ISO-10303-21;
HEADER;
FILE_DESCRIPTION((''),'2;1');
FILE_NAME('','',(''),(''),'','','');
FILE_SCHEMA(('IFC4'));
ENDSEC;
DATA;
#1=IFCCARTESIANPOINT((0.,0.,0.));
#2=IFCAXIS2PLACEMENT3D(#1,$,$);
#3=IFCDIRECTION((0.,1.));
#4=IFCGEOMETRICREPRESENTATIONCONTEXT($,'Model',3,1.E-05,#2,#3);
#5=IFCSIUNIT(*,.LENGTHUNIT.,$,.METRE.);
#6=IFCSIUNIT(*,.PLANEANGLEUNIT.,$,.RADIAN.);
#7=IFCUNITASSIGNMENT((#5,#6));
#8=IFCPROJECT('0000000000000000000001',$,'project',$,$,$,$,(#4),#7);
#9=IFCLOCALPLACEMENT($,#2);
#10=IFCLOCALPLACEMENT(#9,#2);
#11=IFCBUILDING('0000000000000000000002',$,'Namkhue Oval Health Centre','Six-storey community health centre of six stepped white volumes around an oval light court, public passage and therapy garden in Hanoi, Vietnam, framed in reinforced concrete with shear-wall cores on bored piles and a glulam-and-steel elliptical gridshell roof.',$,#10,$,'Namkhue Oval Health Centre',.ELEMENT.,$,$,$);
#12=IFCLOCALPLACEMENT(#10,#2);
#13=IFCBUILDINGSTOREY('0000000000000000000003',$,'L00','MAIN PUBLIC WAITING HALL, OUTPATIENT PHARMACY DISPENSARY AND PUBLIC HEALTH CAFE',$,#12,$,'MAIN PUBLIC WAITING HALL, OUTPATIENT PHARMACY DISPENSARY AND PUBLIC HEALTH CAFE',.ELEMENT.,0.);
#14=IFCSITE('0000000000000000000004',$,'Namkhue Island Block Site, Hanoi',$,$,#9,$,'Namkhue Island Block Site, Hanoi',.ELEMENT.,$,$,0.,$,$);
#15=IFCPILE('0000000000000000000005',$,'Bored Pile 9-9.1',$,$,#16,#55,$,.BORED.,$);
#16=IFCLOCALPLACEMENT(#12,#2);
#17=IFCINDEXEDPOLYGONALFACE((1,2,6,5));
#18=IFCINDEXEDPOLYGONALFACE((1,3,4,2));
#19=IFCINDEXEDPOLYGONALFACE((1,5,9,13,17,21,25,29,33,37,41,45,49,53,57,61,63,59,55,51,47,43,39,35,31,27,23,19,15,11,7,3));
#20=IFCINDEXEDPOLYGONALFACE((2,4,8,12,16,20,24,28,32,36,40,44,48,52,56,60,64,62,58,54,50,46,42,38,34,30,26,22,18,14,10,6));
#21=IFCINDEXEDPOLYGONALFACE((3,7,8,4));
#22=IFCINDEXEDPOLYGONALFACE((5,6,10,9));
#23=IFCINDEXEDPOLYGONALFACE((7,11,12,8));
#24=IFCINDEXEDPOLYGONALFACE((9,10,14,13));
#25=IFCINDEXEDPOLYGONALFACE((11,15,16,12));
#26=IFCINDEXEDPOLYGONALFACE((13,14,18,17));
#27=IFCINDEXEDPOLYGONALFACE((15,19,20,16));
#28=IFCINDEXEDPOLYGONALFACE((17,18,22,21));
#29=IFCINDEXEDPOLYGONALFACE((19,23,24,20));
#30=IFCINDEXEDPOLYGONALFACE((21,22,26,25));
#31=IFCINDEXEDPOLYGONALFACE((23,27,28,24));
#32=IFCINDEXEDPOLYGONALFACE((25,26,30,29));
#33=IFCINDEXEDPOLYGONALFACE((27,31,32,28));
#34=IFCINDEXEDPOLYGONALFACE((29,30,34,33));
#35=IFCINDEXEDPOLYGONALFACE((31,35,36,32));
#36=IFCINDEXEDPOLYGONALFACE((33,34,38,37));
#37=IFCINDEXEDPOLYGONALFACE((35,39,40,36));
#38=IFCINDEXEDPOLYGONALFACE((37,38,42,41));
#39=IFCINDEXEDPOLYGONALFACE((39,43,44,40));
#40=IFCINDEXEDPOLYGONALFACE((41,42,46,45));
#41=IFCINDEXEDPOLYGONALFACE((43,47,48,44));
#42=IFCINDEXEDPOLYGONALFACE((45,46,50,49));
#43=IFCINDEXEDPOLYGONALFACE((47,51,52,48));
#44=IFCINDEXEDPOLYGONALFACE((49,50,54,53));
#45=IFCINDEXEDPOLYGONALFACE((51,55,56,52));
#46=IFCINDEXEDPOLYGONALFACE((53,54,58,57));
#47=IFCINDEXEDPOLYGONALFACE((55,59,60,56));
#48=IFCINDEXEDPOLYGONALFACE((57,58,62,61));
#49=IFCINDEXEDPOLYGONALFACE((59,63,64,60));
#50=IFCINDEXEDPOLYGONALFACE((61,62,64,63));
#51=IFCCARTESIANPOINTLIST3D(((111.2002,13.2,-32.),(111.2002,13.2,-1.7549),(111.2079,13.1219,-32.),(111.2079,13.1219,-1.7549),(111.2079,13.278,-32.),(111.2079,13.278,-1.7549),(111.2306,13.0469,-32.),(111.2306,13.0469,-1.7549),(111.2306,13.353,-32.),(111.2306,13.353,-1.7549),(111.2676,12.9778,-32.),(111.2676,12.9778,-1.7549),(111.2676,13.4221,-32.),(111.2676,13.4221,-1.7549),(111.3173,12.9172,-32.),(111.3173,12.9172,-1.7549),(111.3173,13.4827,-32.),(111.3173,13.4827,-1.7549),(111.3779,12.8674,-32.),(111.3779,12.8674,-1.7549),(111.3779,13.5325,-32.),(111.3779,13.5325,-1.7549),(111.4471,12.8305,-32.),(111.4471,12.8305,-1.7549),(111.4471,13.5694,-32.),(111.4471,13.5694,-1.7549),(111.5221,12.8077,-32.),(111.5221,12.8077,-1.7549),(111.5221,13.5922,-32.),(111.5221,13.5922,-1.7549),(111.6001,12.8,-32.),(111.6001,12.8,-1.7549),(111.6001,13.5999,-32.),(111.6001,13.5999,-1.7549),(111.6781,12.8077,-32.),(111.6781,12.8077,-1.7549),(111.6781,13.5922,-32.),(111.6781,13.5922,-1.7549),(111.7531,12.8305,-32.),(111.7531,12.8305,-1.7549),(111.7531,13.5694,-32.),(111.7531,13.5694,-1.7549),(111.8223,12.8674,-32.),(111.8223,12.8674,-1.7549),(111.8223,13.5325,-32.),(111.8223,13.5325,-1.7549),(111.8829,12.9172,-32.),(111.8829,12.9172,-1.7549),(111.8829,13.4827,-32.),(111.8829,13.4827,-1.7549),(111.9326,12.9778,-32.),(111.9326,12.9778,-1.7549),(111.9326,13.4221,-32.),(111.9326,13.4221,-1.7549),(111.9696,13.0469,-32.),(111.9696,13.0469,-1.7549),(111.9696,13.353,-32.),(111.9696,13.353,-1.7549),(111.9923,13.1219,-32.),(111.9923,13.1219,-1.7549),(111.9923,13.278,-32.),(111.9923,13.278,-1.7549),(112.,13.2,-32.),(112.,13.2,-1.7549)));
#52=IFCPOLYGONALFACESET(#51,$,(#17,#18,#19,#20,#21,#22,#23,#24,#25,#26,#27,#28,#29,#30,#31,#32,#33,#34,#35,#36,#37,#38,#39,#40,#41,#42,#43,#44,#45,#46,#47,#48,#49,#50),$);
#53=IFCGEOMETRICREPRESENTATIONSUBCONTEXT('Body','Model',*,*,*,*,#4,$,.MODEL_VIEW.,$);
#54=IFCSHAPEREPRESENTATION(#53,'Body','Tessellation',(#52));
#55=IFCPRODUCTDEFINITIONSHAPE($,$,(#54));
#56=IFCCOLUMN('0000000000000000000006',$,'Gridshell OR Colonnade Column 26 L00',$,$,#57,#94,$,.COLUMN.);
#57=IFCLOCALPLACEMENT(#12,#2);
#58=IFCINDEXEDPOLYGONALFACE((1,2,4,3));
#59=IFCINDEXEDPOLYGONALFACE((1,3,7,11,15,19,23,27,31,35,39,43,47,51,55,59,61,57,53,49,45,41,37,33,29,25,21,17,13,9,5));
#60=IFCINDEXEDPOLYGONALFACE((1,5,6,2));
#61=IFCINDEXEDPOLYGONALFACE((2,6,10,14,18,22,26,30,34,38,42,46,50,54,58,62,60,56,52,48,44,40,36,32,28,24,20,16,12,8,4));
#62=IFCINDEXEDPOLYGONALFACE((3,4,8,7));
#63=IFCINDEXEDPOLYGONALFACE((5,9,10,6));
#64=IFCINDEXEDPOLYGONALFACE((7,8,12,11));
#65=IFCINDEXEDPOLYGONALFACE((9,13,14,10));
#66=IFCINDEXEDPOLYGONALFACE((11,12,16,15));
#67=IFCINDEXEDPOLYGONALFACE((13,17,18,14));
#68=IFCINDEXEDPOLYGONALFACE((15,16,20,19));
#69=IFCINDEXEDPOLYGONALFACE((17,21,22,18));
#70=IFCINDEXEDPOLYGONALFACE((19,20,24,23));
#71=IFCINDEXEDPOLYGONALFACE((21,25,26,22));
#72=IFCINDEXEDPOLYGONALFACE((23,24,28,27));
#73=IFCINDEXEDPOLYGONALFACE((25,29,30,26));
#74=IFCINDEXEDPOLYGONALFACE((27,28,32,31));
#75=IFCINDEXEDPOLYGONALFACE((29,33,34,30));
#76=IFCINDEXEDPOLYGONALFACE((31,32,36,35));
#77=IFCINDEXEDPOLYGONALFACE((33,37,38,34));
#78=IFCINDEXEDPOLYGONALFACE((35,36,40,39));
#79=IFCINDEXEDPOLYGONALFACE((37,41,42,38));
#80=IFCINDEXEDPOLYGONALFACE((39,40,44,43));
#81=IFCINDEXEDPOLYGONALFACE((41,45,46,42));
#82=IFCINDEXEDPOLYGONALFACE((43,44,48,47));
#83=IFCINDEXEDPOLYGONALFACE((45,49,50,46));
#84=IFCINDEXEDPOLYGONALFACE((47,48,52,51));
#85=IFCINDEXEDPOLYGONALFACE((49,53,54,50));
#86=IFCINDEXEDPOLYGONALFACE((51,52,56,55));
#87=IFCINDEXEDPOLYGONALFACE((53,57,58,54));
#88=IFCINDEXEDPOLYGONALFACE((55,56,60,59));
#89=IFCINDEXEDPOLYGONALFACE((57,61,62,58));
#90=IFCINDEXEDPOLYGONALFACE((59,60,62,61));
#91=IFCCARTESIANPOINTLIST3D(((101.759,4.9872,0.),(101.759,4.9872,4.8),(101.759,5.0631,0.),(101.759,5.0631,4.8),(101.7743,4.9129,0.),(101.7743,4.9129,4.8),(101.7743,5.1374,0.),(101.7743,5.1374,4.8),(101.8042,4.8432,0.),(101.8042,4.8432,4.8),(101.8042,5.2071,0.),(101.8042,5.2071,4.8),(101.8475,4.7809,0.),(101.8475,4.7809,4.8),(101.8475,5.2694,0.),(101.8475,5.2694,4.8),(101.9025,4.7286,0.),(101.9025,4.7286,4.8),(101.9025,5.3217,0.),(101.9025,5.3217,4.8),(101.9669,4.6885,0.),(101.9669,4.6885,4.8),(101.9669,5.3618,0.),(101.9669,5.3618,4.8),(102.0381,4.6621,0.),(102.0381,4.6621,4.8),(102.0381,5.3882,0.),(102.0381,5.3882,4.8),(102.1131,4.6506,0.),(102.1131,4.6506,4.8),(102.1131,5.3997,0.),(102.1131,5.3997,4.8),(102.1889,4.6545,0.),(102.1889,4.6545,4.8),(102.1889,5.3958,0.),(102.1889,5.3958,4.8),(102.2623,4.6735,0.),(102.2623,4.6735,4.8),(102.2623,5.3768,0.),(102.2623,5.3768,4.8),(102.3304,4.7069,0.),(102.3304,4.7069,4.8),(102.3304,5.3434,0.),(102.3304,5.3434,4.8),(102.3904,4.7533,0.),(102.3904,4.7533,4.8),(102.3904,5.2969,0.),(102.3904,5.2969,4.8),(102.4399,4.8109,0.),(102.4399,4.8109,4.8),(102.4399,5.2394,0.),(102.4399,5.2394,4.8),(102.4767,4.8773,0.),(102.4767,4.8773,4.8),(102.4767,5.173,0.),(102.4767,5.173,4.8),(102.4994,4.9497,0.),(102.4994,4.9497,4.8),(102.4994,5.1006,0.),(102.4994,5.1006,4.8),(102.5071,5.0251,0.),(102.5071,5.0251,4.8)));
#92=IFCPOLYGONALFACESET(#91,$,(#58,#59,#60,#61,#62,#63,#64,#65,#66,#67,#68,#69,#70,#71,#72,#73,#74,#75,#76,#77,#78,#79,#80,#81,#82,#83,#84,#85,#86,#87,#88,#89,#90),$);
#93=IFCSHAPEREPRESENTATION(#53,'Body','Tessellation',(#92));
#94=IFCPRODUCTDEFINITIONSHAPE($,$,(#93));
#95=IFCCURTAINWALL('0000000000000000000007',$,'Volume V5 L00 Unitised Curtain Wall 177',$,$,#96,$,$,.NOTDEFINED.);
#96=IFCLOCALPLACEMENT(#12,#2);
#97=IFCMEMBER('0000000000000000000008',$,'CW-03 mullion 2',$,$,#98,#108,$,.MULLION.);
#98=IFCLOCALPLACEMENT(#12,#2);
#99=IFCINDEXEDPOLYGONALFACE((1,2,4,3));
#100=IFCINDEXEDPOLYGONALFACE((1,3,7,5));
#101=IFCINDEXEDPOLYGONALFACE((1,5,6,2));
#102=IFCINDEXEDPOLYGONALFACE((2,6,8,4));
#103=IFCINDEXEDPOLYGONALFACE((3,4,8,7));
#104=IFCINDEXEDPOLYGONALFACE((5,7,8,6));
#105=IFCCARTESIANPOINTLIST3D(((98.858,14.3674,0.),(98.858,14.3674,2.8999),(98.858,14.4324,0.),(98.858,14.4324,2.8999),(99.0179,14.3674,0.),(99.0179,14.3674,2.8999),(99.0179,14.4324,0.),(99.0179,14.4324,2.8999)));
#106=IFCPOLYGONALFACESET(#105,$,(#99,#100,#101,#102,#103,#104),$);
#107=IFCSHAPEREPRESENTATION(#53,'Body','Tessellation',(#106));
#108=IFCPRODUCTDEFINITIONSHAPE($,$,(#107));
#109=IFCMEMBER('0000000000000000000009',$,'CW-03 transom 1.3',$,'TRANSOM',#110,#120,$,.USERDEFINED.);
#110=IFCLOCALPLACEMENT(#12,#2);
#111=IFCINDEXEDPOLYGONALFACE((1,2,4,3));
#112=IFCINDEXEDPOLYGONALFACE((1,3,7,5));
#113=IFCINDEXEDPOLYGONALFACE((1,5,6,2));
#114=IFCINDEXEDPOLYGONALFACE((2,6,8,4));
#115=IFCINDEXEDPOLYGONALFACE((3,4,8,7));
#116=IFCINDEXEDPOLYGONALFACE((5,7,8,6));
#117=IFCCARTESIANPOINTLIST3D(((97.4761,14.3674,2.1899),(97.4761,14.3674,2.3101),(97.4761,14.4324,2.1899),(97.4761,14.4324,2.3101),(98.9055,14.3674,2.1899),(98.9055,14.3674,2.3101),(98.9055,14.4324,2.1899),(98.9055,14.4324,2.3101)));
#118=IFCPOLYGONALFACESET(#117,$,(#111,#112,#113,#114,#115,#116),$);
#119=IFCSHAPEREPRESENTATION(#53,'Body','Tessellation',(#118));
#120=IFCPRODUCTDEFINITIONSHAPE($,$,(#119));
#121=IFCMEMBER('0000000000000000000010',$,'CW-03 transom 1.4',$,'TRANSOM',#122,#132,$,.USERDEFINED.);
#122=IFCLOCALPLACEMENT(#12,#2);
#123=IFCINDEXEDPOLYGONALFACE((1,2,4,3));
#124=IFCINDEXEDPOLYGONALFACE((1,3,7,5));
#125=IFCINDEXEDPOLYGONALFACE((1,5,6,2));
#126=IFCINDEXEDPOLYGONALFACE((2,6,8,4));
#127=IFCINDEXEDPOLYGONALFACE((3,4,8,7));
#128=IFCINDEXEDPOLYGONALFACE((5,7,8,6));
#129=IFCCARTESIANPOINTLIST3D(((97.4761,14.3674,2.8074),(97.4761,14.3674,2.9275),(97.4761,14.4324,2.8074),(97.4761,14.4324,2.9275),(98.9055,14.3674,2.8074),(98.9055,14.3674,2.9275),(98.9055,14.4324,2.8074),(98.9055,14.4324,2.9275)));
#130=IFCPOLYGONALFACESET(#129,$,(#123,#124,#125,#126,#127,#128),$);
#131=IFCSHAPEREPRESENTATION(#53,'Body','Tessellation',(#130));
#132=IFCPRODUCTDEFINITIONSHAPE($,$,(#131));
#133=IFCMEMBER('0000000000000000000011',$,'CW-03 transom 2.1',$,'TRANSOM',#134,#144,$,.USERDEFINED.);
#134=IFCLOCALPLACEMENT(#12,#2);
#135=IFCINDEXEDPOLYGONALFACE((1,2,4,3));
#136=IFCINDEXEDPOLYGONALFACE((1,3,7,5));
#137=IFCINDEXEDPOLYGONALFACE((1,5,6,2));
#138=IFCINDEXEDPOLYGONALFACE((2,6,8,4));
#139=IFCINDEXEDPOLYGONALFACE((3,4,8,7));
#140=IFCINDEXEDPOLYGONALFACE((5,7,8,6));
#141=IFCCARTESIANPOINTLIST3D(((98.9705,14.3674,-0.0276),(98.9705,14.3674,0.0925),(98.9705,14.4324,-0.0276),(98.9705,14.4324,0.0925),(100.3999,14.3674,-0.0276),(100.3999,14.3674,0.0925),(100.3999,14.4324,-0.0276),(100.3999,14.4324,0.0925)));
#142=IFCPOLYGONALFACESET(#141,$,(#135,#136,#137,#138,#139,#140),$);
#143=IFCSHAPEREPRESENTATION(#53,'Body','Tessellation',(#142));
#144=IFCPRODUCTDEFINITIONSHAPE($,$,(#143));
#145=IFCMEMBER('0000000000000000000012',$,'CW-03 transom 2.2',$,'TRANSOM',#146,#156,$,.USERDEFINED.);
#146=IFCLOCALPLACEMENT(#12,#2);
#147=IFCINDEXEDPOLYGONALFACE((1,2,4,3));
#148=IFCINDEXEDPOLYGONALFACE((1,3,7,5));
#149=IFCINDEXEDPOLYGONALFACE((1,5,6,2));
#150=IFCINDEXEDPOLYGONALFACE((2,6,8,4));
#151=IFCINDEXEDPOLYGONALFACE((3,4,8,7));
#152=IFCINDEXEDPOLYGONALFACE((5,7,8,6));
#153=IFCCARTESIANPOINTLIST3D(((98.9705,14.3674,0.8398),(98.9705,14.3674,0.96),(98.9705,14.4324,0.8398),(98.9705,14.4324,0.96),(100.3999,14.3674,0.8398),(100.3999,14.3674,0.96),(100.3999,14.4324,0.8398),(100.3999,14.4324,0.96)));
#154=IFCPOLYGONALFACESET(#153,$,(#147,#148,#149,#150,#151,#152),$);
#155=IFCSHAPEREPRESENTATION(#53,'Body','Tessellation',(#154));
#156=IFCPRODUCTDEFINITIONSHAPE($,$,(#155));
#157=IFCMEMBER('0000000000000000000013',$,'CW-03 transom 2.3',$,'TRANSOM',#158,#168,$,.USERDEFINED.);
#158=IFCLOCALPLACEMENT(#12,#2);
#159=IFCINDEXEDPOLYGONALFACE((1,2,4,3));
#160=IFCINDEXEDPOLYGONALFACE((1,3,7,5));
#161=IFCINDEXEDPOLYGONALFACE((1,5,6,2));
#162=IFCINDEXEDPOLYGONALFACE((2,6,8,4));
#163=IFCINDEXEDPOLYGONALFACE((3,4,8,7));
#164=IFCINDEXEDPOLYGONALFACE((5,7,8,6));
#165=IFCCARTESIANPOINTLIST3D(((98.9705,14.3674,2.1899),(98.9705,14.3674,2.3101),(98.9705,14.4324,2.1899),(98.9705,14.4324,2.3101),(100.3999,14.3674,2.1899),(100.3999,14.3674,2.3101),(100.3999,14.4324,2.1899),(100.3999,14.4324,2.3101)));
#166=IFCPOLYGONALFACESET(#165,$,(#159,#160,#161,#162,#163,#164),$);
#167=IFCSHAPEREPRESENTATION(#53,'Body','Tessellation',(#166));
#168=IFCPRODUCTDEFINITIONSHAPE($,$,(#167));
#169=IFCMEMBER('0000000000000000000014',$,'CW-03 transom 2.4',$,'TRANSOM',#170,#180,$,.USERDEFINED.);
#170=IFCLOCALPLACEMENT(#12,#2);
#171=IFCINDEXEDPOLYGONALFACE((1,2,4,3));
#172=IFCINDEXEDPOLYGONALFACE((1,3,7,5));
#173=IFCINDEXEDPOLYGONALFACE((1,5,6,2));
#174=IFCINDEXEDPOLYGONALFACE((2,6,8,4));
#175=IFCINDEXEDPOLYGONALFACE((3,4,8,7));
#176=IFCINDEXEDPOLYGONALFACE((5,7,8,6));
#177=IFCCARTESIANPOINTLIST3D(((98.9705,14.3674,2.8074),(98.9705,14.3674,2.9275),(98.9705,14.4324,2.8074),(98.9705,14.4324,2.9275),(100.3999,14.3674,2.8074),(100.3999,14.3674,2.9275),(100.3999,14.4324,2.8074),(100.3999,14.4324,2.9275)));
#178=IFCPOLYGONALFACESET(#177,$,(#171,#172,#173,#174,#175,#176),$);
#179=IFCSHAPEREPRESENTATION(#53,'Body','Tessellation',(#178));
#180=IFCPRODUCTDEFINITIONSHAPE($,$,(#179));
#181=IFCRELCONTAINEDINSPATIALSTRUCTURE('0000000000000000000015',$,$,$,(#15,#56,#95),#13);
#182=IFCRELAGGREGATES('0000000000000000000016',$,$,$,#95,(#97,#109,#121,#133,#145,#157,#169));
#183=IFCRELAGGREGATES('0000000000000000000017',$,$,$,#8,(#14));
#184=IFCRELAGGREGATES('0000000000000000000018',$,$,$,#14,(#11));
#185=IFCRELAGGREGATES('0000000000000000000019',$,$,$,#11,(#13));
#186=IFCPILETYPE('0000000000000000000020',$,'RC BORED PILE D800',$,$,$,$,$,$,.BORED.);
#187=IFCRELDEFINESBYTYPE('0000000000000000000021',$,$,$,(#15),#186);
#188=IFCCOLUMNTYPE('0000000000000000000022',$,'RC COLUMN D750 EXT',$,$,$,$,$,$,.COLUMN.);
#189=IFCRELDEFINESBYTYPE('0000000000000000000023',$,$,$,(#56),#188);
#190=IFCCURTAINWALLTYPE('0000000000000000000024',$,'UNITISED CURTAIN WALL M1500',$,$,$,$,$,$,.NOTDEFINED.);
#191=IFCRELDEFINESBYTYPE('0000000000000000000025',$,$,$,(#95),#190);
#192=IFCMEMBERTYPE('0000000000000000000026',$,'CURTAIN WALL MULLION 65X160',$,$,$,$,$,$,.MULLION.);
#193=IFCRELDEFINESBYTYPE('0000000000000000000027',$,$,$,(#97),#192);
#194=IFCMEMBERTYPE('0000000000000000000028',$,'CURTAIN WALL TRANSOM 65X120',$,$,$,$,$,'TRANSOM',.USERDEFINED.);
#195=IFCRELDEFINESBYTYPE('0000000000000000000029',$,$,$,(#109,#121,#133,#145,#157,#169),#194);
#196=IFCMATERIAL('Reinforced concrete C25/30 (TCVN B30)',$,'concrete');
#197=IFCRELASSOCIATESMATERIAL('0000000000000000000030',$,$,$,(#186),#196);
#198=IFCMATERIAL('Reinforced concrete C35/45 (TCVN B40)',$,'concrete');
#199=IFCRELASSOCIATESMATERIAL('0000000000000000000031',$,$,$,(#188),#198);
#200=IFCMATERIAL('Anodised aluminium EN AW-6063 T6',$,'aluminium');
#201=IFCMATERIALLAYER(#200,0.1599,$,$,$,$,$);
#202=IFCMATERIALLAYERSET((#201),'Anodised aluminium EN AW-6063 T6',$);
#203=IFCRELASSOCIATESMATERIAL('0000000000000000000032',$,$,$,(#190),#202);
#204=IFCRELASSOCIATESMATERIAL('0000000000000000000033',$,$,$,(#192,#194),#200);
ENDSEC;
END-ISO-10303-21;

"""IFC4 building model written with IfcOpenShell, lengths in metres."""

from ifc_helpers import new_model, si_unit, direction, frame, origin, origin_2d, place, context, subcontext, project, spatial, rectangle, circle, extrude, material, layer, layer_set, material_profile, profile_set, type_object, element, aggregate, save


model = new_model("IFC4")

# Units and contexts
model_context = context("Model", 3, precision=1e-05, world=origin(), true_north=direction((0.0, 1.0)))
body_context = subcontext(model_context, "Body", "Model", "MODEL_VIEW")
ifc_project = project(units=[si_unit("LENGTHUNIT", "METRE"), si_unit("PLANEANGLEUNIT", "RADIAN")], contexts=[model_context])

# Site, building, storey
site_placement = place(None, origin())
site = spatial("IfcSite", under=ifc_project, at=site_placement, Name="Namkhue Island Block Site, Hanoi", LongName="Namkhue Island Block Site, Hanoi", CompositionType="ELEMENT", RefElevation=0.0)
building_placement = place(site_placement, origin())
building = spatial("IfcBuilding", under=site, at=building_placement, Name="Namkhue Oval Health Centre", Description="Six-storey community health centre of six stepped white volumes around an oval light court, public passage and therapy garden in Hanoi, Vietnam, framed in reinforced concrete with shear-wall cores on bored piles and a glulam-and-steel elliptical gridshell roof.", LongName="Namkhue Oval Health Centre", CompositionType="ELEMENT")
storey_placement = place(building_placement, origin())
storey = spatial("IfcBuildingStorey", under=building, at=storey_placement, Name="L00", Description="MAIN PUBLIC WAITING HALL, OUTPATIENT PHARMACY DISPENSARY AND PUBLIC HEALTH CAFE", LongName="MAIN PUBLIC WAITING HALL, OUTPATIENT PHARMACY DISPENSARY AND PUBLIC HEALTH CAFE", CompositionType="ELEMENT", Elevation=0.0)

# Pile
ifc_material_1 = material(Name="Reinforced concrete C25/30 (TCVN B30)", Category="concrete")
ifc_material_profile_1 = material_profile(ifc_material_1, circle(Radius=0.3999, at=origin_2d()), Name="BORED PILE D800")
ifc_profile_set_1 = profile_set([ifc_material_profile_1], Name="Reinforced concrete C25/30 (TCVN B30)")
pile_type = type_object("IfcPileType", Name="RC BORED PILE D800", PredefinedType="BORED", material=ifc_profile_set_1)
for number, where, z_axis, x_axis, name in (
    (1, (111.6001, 13.2, -1.7549), (0.0, 0.0, -1.0), (1.0, 0.0, 0.0), "Bored Pile 9-9.1"),
):
    element("IfcPile", number, at=place(storey_placement, frame(where, z_axis=z_axis, x_axis=x_axis)), inside=storey, type_object=pile_type, Name=name, PredefinedType="BORED", context=body_context, shape_type="SweptSolid", body=[
        extrude(circle(Radius=0.3999, at=origin_2d()), origin(), (0.0, 0.0, 1.0), 30.2451),
    ])

# Column
ifc_material_2 = material(Name="Reinforced concrete C35/45 (TCVN B40)", Category="concrete")
ifc_material_profile_2 = material_profile(ifc_material_2, circle(Radius=0.375, at=origin_2d()), Name="RC D750")
ifc_profile_set_2 = profile_set([ifc_material_profile_2], Name="Reinforced concrete C35/45 (TCVN B40)")
column_type = type_object("IfcColumnType", Name="RC COLUMN D750 EXT", PredefinedType="COLUMN", material=ifc_profile_set_2)
column_placement = place(storey_placement, frame((102.1321, 5.0251, 0.0), z_axis=(0.0, 0.0, 1.0), x_axis=(1.0, 0.0, 0.0)))
element("IfcColumn", 2, at=column_placement, inside=storey, type_object=column_type, Name="Gridshell OR Colonnade Column 26 L00", PredefinedType="COLUMN", context=body_context, shape_type="SweptSolid", body=[
    extrude(circle(Radius=0.375, at=origin_2d()), origin(), (0.0, 0.0, 1.0), 4.8),
])

# Curtain wall, members
ifc_material_3 = material(Name="Anodised aluminium EN AW-6063 T6", Category="aluminium")
ifc_layer_1 = layer(ifc_material_3, 0.1599)
ifc_layer_set_1 = layer_set([ifc_layer_1], Name="Anodised aluminium EN AW-6063 T6")
curtain_wall_type = type_object("IfcCurtainWallType", Name="UNITISED CURTAIN WALL M1500", PredefinedType="NOTDEFINED", material=ifc_layer_set_1)
curtain_wall_placement = place(storey_placement, origin())
curtain_wall = element("IfcCurtainWall", 3, at=curtain_wall_placement, inside=storey, type_object=curtain_wall_type, Name="Volume V5 L00 Unitised Curtain Wall 177", PredefinedType="NOTDEFINED")
ifc_material_profile_3 = material_profile(ifc_material_3, rectangle(XDim=0.0649, YDim=0.1599, at=origin_2d()), Name="ALU 65x160")
ifc_profile_set_3 = profile_set([ifc_material_profile_3], Name="Anodised aluminium EN AW-6063 T6")
member_type_1 = type_object("IfcMemberType", Name="CURTAIN WALL MULLION 65X160", PredefinedType="MULLION", material=ifc_profile_set_3)
member_1_placement = place(storey_placement, frame((98.938, 14.3999, 0.0), z_axis=(0.0, 0.0, 1.0), x_axis=(0.0, 1.0, 0.0)))
member_1 = element("IfcMember", 4, at=member_1_placement, type_object=member_type_1, Name="CW-03 mullion 2", PredefinedType="MULLION", context=body_context, shape_type="SweptSolid", body=[
    extrude(rectangle(XDim=0.0649, YDim=0.1599, at=origin_2d()), origin(), (0.0, 0.0, 1.0), 2.8999),
])
ifc_material_profile_4 = material_profile(ifc_material_3, rectangle(XDim=0.0649, YDim=0.1201, at=origin_2d()), Name="ALU 65x120")
ifc_profile_set_4 = profile_set([ifc_material_profile_4], Name="Anodised aluminium EN AW-6063 T6")
member_type_2 = type_object("IfcMemberType", Name="CURTAIN WALL TRANSOM 65X120", ElementType="TRANSOM", PredefinedType="USERDEFINED", material=ifc_profile_set_4)
member_2_placement = place(storey_placement, frame((97.4761, 14.3999, 2.25), z_axis=(1.0, 0.0, 0.0), x_axis=(0.0, 1.0, 0.0)))
member_2 = element("IfcMember", 5, at=member_2_placement, type_object=member_type_2, Name="CW-03 transom 1.3", ObjectType="TRANSOM", PredefinedType="USERDEFINED", context=body_context, shape_type="SweptSolid", body=[
    extrude(rectangle(XDim=0.0649, YDim=0.1201, at=origin_2d()), origin(), (0.0, 0.0, 1.0), 1.4294),
])
member_3_placement = place(storey_placement, frame((97.4761, 14.3999, 2.8674), z_axis=(1.0, 0.0, 0.0), x_axis=(0.0, 1.0, 0.0)))
member_3 = element("IfcMember", 6, at=member_3_placement, type_object=member_type_2, Name="CW-03 transom 1.4", ObjectType="TRANSOM", PredefinedType="USERDEFINED", context=body_context, shape_type="SweptSolid", body=[
    extrude(rectangle(XDim=0.0649, YDim=0.1201, at=origin_2d()), origin(), (0.0, 0.0, 1.0), 1.4294),
])
member_4_placement = place(storey_placement, frame((98.9705, 14.3999, 0.0325), z_axis=(1.0, 0.0, 0.0), x_axis=(0.0, 1.0, 0.0)))
member_4 = element("IfcMember", 7, at=member_4_placement, type_object=member_type_2, Name="CW-03 transom 2.1", ObjectType="TRANSOM", PredefinedType="USERDEFINED", context=body_context, shape_type="SweptSolid", body=[
    extrude(rectangle(XDim=0.0649, YDim=0.1201, at=origin_2d()), origin(), (0.0, 0.0, 1.0), 1.4294),
])
member_5_placement = place(storey_placement, frame((98.9705, 14.3999, 0.8999), z_axis=(1.0, 0.0, 0.0), x_axis=(0.0, 1.0, 0.0)))
member_5 = element("IfcMember", 8, at=member_5_placement, type_object=member_type_2, Name="CW-03 transom 2.2", ObjectType="TRANSOM", PredefinedType="USERDEFINED", context=body_context, shape_type="SweptSolid", body=[
    extrude(rectangle(XDim=0.0649, YDim=0.1201, at=origin_2d()), origin(), (0.0, 0.0, 1.0), 1.4294),
])
member_6_placement = place(storey_placement, frame((98.9705, 14.3999, 2.25), z_axis=(1.0, 0.0, 0.0), x_axis=(0.0, 1.0, 0.0)))
member_6 = element("IfcMember", 9, at=member_6_placement, type_object=member_type_2, Name="CW-03 transom 2.3", ObjectType="TRANSOM", PredefinedType="USERDEFINED", context=body_context, shape_type="SweptSolid", body=[
    extrude(rectangle(XDim=0.0649, YDim=0.1201, at=origin_2d()), origin(), (0.0, 0.0, 1.0), 1.4294),
])
member_7_placement = place(storey_placement, frame((98.9705, 14.3999, 2.8674), z_axis=(1.0, 0.0, 0.0), x_axis=(0.0, 1.0, 0.0)))
member_7 = element("IfcMember", 10, at=member_7_placement, type_object=member_type_2, Name="CW-03 transom 2.4", ObjectType="TRANSOM", PredefinedType="USERDEFINED", context=body_context, shape_type="SweptSolid", body=[
    extrude(rectangle(XDim=0.0649, YDim=0.1201, at=origin_2d()), origin(), (0.0, 0.0, 1.0), 1.4294),
])
aggregate(curtain_wall, [member_1, member_2, member_3, member_4, member_5, member_6, member_7])

save(model, "model.ifc")
